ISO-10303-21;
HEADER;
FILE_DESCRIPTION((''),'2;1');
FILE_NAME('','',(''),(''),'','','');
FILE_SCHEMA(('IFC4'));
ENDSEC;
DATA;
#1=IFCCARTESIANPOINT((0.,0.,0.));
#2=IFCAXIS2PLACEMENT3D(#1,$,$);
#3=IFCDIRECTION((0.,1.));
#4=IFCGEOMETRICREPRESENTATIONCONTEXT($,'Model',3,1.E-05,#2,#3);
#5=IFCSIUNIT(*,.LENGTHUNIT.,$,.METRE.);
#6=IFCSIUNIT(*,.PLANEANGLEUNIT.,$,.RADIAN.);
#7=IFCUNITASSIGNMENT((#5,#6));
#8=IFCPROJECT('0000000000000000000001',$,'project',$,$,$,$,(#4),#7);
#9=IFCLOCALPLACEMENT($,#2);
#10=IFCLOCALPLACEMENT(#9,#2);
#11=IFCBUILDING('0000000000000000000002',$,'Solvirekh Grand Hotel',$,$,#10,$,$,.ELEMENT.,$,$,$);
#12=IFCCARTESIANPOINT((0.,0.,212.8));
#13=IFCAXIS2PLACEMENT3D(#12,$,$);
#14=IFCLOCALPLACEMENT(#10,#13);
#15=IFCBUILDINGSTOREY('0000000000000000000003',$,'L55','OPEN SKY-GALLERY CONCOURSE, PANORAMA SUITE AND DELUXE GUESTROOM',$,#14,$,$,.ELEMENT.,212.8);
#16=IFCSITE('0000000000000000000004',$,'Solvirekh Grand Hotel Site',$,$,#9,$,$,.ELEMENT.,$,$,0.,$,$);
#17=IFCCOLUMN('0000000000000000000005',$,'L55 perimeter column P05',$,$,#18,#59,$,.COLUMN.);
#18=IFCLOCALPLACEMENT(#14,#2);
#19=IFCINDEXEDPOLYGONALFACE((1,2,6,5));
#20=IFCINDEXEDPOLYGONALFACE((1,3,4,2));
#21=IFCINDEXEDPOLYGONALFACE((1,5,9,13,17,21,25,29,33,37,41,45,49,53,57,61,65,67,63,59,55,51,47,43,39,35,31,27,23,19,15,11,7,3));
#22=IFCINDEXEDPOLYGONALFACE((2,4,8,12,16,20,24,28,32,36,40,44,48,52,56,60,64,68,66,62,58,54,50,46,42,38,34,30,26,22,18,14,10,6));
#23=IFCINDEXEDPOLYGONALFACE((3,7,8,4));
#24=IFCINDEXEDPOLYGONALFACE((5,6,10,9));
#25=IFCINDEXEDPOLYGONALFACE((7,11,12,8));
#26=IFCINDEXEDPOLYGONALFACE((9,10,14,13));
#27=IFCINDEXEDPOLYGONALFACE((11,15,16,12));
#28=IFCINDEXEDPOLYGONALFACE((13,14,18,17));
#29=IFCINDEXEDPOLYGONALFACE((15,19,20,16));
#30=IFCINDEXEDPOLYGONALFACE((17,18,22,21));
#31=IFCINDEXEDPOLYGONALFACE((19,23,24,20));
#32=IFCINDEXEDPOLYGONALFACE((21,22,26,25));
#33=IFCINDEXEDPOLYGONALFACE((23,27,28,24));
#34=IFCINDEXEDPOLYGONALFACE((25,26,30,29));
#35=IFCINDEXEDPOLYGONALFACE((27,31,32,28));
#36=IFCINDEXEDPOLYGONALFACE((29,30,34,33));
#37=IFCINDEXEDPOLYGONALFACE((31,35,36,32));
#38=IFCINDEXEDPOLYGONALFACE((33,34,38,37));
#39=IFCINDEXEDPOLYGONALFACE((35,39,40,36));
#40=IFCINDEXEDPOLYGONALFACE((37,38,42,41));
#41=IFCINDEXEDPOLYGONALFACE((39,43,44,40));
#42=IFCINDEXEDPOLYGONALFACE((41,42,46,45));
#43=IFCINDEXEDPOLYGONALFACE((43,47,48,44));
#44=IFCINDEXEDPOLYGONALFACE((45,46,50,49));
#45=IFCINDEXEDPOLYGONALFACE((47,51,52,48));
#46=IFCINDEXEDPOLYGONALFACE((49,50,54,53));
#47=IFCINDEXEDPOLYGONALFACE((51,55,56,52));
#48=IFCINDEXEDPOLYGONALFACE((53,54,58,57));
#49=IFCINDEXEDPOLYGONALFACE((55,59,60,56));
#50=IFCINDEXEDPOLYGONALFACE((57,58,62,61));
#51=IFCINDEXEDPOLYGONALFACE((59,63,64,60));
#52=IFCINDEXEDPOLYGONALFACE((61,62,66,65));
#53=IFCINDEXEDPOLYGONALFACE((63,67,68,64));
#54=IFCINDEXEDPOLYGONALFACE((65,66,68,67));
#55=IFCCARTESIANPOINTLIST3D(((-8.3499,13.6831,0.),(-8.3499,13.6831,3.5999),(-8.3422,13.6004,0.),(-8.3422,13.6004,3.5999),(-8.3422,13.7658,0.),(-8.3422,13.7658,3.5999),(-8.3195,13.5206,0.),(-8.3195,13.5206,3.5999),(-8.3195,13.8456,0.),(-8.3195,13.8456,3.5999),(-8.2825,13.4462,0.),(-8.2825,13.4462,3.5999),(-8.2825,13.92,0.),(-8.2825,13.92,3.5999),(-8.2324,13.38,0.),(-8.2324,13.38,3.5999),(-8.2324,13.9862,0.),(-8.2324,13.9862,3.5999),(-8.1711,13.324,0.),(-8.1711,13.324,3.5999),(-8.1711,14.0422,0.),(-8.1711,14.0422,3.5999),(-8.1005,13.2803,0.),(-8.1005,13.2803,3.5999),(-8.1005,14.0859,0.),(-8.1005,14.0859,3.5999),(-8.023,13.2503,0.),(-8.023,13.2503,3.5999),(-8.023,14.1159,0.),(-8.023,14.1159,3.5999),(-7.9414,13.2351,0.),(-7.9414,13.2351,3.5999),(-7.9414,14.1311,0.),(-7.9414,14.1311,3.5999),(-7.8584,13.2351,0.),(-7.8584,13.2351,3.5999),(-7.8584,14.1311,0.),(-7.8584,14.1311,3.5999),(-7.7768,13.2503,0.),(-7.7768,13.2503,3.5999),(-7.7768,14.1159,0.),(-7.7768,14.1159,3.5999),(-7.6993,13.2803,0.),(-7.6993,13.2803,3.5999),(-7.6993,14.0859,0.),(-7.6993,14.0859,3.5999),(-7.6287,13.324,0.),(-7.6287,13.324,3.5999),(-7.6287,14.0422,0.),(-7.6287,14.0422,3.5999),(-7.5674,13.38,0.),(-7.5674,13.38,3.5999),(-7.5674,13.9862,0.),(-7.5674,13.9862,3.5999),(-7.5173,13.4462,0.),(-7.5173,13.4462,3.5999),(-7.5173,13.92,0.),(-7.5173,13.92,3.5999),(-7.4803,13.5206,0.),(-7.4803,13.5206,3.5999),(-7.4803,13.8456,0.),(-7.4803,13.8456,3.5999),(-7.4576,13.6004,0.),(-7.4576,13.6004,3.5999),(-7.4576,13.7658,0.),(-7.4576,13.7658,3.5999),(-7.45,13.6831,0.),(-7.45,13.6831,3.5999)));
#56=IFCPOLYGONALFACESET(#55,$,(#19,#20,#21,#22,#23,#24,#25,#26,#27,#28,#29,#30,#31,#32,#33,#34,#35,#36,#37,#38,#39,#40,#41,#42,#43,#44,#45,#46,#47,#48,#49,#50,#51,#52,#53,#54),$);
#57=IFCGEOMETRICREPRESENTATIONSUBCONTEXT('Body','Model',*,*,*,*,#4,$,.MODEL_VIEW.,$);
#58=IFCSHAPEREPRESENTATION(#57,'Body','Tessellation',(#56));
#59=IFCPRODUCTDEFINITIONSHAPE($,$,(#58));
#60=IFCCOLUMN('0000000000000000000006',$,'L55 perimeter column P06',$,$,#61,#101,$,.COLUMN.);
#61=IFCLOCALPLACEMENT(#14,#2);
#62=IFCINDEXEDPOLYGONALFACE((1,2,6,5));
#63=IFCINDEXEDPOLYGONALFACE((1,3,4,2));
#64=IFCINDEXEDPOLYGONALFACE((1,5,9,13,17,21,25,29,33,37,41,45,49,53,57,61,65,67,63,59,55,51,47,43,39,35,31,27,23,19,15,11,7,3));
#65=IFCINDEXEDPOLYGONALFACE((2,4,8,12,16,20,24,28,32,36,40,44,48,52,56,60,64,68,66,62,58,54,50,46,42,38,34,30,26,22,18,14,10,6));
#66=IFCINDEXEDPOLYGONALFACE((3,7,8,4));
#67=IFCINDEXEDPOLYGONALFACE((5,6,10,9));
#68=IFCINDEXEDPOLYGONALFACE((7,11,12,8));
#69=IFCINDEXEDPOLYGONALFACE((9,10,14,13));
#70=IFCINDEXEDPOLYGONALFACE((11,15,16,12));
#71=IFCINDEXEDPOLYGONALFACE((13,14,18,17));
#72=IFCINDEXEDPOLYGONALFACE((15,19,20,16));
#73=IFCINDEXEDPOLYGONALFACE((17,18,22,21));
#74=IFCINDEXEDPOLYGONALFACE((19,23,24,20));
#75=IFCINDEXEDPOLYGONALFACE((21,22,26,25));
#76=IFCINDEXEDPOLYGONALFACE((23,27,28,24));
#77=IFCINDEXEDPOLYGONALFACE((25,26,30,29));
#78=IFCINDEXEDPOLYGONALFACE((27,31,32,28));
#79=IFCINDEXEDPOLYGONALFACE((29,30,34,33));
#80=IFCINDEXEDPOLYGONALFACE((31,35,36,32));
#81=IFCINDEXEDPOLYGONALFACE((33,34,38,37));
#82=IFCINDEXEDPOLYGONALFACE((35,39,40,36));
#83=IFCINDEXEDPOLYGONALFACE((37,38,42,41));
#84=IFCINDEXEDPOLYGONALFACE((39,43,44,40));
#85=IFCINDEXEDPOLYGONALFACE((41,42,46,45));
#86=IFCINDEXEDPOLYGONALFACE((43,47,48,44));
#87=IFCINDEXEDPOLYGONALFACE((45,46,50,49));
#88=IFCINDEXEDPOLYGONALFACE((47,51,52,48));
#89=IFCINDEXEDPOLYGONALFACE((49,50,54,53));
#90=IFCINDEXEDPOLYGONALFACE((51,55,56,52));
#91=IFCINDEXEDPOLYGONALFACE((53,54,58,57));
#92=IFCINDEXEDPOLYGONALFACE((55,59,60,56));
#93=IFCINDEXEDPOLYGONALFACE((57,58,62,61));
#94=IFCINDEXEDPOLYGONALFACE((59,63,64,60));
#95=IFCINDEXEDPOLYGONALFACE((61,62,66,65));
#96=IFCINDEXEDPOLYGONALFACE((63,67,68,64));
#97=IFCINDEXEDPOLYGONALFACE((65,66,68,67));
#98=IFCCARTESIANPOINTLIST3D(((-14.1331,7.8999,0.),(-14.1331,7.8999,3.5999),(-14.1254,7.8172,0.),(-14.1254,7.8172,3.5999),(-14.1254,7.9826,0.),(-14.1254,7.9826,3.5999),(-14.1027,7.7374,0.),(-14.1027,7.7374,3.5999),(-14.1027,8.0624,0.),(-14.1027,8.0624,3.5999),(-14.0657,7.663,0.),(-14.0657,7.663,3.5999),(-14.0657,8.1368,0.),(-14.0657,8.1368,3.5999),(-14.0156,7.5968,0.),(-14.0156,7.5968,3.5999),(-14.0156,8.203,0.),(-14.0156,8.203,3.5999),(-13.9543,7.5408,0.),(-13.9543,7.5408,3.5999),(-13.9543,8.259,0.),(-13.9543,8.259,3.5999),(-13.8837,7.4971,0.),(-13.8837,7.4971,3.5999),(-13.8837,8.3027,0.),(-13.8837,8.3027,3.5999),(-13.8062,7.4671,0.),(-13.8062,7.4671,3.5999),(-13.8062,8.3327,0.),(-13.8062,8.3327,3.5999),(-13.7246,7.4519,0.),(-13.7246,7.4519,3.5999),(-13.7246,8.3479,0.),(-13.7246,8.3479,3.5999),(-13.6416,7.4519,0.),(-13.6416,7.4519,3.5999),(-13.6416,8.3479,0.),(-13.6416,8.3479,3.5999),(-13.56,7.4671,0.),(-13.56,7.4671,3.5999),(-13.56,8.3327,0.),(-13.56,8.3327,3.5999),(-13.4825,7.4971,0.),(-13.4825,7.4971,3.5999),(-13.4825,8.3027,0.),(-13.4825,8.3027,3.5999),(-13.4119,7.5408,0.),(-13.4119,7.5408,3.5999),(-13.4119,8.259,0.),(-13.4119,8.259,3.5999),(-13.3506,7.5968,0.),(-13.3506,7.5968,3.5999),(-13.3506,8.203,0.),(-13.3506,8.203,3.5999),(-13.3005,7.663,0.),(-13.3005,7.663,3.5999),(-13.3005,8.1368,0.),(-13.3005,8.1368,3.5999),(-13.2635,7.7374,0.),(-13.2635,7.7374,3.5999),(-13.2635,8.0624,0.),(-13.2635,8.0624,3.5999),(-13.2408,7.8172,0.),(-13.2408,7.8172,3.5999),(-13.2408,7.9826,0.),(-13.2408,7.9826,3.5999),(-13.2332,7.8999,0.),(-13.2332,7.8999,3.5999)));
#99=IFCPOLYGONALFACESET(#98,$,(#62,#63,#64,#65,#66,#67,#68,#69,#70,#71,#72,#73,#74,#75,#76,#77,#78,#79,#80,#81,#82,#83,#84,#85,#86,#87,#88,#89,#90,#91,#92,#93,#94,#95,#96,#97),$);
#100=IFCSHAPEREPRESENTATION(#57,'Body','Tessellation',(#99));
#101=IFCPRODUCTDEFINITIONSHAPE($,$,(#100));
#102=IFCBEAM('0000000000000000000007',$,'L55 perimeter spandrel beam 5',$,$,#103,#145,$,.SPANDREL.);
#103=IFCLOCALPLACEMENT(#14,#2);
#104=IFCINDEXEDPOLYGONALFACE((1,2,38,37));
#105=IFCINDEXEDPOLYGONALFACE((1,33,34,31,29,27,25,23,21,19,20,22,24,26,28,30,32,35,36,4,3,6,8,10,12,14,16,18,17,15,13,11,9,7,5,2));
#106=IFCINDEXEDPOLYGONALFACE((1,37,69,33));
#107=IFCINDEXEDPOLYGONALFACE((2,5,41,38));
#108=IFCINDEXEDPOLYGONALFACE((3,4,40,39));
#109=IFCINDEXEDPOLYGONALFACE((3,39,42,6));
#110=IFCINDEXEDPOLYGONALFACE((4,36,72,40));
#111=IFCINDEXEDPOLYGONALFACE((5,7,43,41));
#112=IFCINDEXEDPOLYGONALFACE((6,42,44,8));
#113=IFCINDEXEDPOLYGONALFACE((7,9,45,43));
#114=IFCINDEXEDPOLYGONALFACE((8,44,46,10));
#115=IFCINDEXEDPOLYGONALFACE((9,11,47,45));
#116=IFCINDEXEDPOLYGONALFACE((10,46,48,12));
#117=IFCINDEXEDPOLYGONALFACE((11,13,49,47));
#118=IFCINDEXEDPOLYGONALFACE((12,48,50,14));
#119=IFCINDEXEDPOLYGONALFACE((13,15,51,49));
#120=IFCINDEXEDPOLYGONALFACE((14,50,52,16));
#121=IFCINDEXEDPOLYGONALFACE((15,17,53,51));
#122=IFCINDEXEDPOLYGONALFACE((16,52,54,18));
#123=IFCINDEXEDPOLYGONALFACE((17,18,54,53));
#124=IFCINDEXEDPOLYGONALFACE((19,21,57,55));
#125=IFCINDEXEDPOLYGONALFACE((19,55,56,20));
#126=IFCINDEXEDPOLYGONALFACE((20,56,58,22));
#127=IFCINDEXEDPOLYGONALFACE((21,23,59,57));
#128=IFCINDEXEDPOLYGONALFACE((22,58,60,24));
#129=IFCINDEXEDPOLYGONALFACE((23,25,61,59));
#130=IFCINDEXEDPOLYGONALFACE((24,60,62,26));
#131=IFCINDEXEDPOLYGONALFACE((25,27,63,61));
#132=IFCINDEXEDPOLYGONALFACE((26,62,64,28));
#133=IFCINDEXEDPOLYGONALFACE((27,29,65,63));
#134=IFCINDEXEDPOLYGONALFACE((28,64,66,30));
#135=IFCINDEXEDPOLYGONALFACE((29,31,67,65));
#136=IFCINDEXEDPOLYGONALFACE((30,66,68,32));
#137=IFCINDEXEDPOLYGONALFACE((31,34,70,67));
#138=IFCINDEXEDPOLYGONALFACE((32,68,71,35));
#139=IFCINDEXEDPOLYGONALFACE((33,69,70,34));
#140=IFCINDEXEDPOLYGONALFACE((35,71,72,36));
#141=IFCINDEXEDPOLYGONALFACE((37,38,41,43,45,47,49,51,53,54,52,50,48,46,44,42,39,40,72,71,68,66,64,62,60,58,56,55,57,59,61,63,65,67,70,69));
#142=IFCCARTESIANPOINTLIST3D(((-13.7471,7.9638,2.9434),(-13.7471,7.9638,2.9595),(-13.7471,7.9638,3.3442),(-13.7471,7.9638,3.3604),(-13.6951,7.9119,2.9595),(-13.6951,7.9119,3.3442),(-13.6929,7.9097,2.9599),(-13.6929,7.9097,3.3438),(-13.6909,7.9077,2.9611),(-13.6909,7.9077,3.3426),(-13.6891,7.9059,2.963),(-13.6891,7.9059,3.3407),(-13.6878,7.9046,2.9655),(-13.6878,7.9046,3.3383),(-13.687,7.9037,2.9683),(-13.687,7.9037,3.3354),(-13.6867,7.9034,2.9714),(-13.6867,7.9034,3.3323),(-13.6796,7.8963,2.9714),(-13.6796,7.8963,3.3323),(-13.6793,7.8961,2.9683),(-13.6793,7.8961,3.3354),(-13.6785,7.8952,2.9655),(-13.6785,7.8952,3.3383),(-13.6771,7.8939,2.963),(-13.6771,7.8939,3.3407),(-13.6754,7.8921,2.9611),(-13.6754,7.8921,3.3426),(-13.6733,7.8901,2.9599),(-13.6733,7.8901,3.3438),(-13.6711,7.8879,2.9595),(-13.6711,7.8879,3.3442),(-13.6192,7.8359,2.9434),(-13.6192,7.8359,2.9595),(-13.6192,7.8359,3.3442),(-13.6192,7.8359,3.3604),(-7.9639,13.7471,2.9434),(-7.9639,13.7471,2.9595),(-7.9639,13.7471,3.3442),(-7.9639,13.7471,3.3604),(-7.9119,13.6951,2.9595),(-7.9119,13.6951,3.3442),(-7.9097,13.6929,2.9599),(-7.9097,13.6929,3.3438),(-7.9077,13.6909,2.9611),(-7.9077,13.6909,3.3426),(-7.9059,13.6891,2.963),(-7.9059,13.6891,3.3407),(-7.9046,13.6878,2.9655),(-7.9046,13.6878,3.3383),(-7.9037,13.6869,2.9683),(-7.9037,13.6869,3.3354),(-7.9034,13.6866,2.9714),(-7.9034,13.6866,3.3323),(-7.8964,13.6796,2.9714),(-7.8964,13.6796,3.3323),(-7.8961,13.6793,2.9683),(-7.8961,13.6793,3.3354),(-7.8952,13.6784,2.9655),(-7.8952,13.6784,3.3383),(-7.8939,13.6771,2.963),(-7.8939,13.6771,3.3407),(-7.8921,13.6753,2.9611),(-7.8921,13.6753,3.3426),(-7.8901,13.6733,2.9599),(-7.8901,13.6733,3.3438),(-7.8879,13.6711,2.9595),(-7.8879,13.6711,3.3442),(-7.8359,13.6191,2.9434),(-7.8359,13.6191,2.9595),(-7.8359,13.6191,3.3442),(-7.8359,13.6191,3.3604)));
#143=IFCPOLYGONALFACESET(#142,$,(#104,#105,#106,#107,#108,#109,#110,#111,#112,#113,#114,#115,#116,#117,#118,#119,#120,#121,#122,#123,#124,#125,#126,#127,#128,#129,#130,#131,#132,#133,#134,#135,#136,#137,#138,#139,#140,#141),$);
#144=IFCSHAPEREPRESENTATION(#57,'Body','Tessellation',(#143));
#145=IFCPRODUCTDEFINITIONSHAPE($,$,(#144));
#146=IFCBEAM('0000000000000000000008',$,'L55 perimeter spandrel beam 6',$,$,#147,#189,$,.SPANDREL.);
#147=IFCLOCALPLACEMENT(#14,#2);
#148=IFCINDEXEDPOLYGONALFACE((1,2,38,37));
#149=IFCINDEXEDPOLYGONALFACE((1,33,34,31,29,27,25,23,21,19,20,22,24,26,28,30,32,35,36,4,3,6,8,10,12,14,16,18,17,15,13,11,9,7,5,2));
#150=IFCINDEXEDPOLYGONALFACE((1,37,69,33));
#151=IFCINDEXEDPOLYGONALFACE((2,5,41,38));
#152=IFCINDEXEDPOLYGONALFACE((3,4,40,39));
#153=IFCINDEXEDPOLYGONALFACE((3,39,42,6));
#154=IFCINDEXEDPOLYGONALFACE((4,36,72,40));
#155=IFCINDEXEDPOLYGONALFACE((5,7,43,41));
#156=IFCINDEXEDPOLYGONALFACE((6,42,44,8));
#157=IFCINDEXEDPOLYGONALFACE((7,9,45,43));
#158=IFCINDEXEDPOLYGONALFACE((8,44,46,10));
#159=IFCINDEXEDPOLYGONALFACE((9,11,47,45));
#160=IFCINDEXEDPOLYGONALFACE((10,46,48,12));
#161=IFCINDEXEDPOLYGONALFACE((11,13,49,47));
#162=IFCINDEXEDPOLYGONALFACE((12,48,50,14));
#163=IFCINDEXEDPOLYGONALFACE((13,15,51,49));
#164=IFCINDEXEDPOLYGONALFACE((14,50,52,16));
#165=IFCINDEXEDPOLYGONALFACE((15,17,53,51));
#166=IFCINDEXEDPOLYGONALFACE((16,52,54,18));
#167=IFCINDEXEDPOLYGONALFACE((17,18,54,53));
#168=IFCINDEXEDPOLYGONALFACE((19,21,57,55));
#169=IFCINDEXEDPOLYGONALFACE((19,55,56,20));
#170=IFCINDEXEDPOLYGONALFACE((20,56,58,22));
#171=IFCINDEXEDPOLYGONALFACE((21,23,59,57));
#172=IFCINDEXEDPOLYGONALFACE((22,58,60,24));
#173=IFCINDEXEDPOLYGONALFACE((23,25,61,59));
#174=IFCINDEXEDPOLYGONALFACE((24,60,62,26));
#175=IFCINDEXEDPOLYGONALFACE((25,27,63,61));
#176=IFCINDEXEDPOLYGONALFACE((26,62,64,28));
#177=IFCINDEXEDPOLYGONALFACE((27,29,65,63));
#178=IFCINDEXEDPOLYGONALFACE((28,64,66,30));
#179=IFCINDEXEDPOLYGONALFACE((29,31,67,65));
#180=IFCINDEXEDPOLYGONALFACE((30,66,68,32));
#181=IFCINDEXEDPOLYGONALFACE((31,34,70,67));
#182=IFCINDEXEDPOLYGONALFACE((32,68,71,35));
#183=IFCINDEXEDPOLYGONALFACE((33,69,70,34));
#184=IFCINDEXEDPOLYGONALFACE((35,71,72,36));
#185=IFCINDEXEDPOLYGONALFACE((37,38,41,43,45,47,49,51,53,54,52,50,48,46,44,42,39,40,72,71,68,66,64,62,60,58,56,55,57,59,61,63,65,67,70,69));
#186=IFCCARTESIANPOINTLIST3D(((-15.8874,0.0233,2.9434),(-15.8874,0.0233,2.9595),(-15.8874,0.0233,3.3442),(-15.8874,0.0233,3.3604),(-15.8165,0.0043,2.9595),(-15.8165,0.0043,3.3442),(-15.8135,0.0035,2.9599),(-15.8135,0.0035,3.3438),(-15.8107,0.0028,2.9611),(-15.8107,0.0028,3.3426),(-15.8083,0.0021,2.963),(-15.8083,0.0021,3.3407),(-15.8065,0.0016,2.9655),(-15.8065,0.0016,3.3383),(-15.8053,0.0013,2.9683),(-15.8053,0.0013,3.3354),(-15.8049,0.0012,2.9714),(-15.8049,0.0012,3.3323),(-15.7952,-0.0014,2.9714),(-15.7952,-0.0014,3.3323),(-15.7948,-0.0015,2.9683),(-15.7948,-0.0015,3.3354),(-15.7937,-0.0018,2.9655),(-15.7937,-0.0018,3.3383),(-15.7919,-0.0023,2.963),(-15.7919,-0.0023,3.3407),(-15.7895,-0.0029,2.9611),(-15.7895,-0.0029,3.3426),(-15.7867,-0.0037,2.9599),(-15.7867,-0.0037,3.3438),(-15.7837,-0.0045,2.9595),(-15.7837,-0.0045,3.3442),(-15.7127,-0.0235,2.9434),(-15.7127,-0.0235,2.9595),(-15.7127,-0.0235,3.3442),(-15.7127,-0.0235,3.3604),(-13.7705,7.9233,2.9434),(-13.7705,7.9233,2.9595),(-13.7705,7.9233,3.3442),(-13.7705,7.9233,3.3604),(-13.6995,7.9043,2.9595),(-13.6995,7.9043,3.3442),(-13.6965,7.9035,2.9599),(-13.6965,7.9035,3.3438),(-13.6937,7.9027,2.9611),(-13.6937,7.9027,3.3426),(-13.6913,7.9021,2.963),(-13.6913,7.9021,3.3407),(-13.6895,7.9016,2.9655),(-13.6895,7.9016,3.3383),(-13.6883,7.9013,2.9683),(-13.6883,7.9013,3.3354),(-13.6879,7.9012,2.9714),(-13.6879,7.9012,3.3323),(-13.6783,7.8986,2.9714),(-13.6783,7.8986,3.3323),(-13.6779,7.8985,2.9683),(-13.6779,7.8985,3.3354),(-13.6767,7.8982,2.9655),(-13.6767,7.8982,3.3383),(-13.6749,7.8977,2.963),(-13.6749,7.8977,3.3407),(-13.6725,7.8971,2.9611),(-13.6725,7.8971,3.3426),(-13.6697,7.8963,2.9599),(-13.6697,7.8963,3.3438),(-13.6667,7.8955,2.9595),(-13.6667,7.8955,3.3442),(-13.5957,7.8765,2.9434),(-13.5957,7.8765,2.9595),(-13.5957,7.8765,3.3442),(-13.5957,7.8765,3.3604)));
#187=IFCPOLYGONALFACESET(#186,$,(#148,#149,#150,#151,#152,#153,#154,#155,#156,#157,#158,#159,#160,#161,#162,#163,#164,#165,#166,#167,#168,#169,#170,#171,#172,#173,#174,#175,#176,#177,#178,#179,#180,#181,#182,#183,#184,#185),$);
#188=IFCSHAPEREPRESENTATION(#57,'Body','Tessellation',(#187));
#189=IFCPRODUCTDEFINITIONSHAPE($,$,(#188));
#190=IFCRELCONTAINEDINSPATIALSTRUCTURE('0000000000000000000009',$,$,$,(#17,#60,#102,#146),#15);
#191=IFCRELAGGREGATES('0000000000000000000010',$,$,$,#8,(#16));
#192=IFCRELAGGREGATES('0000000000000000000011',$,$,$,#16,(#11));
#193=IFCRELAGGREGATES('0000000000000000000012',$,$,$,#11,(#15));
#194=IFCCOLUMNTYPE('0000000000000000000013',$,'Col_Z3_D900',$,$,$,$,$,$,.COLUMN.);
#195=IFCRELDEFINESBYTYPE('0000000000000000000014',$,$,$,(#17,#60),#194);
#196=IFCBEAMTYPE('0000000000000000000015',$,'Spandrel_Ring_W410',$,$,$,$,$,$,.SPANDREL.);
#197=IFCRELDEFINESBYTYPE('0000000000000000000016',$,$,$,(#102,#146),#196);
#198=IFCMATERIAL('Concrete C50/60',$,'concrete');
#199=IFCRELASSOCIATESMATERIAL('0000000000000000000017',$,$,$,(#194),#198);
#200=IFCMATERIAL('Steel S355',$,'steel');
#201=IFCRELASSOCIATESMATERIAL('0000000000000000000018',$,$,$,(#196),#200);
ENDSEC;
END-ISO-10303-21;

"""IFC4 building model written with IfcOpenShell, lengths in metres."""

from ifc_helpers import new_model, si_unit, direction, frame, origin, origin_2d, place, context, subcontext, project, spatial, circle, i_section, extrude, material, material_profile, profile_set, type_object, element, save


model = new_model("IFC4")

# Units and contexts
model_context = context("Model", 3, precision=1e-05, world=origin(), true_north=direction((0.0, 1.0)))
body_context = subcontext(model_context, "Body", "Model", "MODEL_VIEW")
ifc_project = project(units=[si_unit("LENGTHUNIT", "METRE"), si_unit("PLANEANGLEUNIT", "RADIAN")], contexts=[model_context])

# Site, building, storey
site_placement = place(None, origin())
site = spatial("IfcSite", under=ifc_project, at=site_placement, Name="Solvirekh Grand Hotel Site", CompositionType="ELEMENT", RefElevation=0.0)
building_placement = place(site_placement, origin())
building = spatial("IfcBuilding", under=site, at=building_placement, Name="Solvirekh Grand Hotel", CompositionType="ELEMENT")
storey_placement = place(building_placement, frame((0.0, 0.0, 212.8)))
storey = spatial("IfcBuildingStorey", under=building, at=storey_placement, Name="L55", Description="OPEN SKY-GALLERY CONCOURSE, PANORAMA SUITE AND DELUXE GUESTROOM", CompositionType="ELEMENT", Elevation=212.8)

# Columns
ifc_material_1 = material(Name="Concrete C50/60", Category="concrete")
ifc_material_profile_1 = material_profile(ifc_material_1, circle(Radius=0.45, at=origin_2d()), Name="RC CIRC D900")
ifc_profile_set_1 = profile_set([ifc_material_profile_1], Name="Concrete C50/60")
column_type = type_object("IfcColumnType", Name="Col_Z3_D900", PredefinedType="COLUMN", material=ifc_profile_set_1)
for number, where, z_axis, x_axis, name in (
    (1, (-7.8999, 13.6831, 0.0), (0.0, 0.0, 1.0), (1.0, 0.0, 0.0), "L55 perimeter column P05"),
    (2, (-13.6831, 7.8999, 0.0), (0.0, 0.0, 1.0), (1.0, 0.0, 0.0), "L55 perimeter column P06"),
):
    element("IfcColumn", number, at=place(storey_placement, frame(where, z_axis=z_axis, x_axis=x_axis)), inside=storey, type_object=column_type, Name=name, PredefinedType="COLUMN", context=body_context, shape_type="SweptSolid", body=[
        extrude(circle(Radius=0.45, at=origin_2d()), origin(), (0.0, 0.0, 1.0), 3.5999),
    ])

# Beams
ifc_material_2 = material(Name="Steel S355", Category="steel")
ifc_material_profile_2 = material_profile(ifc_material_2, i_section(OverallWidth=0.1809, OverallDepth=0.417, WebThickness=0.01, FlangeThickness=0.0161, FilletRadius=0.012, at=origin_2d()), Name="W410X85")
ifc_profile_set_2 = profile_set([ifc_material_profile_2], Name="Steel S355")
beam_type = type_object("IfcBeamType", Name="Spandrel_Ring_W410", PredefinedType="SPANDREL", material=ifc_profile_set_2)
for number, where, z_axis, x_axis, name in (
    (3, (-7.8999, 13.6831, 3.1519), (-0.707107, -0.707107, 0.0), (0.707107, -0.707107, 0.0), "L55 perimeter spandrel beam 5"),
    (4, (-13.6831, 7.8999, 3.1519), (-0.258839, -0.965921, 0.0), (0.965921, -0.258839, 0.0), "L55 perimeter spandrel beam 6"),
):
    element("IfcBeam", number, at=place(storey_placement, frame(where, z_axis=z_axis, x_axis=x_axis)), inside=storey, type_object=beam_type, Name=name, PredefinedType="SPANDREL", context=body_context, shape_type="SweptSolid", body=[
        extrude(i_section(OverallWidth=0.1809, OverallDepth=0.417, WebThickness=0.01, FlangeThickness=0.0161, FilletRadius=0.012, at=origin_2d()), origin(), (0.0, 0.0, 1.0), 8.1787),
    ])

save(model, "model.ifc")
